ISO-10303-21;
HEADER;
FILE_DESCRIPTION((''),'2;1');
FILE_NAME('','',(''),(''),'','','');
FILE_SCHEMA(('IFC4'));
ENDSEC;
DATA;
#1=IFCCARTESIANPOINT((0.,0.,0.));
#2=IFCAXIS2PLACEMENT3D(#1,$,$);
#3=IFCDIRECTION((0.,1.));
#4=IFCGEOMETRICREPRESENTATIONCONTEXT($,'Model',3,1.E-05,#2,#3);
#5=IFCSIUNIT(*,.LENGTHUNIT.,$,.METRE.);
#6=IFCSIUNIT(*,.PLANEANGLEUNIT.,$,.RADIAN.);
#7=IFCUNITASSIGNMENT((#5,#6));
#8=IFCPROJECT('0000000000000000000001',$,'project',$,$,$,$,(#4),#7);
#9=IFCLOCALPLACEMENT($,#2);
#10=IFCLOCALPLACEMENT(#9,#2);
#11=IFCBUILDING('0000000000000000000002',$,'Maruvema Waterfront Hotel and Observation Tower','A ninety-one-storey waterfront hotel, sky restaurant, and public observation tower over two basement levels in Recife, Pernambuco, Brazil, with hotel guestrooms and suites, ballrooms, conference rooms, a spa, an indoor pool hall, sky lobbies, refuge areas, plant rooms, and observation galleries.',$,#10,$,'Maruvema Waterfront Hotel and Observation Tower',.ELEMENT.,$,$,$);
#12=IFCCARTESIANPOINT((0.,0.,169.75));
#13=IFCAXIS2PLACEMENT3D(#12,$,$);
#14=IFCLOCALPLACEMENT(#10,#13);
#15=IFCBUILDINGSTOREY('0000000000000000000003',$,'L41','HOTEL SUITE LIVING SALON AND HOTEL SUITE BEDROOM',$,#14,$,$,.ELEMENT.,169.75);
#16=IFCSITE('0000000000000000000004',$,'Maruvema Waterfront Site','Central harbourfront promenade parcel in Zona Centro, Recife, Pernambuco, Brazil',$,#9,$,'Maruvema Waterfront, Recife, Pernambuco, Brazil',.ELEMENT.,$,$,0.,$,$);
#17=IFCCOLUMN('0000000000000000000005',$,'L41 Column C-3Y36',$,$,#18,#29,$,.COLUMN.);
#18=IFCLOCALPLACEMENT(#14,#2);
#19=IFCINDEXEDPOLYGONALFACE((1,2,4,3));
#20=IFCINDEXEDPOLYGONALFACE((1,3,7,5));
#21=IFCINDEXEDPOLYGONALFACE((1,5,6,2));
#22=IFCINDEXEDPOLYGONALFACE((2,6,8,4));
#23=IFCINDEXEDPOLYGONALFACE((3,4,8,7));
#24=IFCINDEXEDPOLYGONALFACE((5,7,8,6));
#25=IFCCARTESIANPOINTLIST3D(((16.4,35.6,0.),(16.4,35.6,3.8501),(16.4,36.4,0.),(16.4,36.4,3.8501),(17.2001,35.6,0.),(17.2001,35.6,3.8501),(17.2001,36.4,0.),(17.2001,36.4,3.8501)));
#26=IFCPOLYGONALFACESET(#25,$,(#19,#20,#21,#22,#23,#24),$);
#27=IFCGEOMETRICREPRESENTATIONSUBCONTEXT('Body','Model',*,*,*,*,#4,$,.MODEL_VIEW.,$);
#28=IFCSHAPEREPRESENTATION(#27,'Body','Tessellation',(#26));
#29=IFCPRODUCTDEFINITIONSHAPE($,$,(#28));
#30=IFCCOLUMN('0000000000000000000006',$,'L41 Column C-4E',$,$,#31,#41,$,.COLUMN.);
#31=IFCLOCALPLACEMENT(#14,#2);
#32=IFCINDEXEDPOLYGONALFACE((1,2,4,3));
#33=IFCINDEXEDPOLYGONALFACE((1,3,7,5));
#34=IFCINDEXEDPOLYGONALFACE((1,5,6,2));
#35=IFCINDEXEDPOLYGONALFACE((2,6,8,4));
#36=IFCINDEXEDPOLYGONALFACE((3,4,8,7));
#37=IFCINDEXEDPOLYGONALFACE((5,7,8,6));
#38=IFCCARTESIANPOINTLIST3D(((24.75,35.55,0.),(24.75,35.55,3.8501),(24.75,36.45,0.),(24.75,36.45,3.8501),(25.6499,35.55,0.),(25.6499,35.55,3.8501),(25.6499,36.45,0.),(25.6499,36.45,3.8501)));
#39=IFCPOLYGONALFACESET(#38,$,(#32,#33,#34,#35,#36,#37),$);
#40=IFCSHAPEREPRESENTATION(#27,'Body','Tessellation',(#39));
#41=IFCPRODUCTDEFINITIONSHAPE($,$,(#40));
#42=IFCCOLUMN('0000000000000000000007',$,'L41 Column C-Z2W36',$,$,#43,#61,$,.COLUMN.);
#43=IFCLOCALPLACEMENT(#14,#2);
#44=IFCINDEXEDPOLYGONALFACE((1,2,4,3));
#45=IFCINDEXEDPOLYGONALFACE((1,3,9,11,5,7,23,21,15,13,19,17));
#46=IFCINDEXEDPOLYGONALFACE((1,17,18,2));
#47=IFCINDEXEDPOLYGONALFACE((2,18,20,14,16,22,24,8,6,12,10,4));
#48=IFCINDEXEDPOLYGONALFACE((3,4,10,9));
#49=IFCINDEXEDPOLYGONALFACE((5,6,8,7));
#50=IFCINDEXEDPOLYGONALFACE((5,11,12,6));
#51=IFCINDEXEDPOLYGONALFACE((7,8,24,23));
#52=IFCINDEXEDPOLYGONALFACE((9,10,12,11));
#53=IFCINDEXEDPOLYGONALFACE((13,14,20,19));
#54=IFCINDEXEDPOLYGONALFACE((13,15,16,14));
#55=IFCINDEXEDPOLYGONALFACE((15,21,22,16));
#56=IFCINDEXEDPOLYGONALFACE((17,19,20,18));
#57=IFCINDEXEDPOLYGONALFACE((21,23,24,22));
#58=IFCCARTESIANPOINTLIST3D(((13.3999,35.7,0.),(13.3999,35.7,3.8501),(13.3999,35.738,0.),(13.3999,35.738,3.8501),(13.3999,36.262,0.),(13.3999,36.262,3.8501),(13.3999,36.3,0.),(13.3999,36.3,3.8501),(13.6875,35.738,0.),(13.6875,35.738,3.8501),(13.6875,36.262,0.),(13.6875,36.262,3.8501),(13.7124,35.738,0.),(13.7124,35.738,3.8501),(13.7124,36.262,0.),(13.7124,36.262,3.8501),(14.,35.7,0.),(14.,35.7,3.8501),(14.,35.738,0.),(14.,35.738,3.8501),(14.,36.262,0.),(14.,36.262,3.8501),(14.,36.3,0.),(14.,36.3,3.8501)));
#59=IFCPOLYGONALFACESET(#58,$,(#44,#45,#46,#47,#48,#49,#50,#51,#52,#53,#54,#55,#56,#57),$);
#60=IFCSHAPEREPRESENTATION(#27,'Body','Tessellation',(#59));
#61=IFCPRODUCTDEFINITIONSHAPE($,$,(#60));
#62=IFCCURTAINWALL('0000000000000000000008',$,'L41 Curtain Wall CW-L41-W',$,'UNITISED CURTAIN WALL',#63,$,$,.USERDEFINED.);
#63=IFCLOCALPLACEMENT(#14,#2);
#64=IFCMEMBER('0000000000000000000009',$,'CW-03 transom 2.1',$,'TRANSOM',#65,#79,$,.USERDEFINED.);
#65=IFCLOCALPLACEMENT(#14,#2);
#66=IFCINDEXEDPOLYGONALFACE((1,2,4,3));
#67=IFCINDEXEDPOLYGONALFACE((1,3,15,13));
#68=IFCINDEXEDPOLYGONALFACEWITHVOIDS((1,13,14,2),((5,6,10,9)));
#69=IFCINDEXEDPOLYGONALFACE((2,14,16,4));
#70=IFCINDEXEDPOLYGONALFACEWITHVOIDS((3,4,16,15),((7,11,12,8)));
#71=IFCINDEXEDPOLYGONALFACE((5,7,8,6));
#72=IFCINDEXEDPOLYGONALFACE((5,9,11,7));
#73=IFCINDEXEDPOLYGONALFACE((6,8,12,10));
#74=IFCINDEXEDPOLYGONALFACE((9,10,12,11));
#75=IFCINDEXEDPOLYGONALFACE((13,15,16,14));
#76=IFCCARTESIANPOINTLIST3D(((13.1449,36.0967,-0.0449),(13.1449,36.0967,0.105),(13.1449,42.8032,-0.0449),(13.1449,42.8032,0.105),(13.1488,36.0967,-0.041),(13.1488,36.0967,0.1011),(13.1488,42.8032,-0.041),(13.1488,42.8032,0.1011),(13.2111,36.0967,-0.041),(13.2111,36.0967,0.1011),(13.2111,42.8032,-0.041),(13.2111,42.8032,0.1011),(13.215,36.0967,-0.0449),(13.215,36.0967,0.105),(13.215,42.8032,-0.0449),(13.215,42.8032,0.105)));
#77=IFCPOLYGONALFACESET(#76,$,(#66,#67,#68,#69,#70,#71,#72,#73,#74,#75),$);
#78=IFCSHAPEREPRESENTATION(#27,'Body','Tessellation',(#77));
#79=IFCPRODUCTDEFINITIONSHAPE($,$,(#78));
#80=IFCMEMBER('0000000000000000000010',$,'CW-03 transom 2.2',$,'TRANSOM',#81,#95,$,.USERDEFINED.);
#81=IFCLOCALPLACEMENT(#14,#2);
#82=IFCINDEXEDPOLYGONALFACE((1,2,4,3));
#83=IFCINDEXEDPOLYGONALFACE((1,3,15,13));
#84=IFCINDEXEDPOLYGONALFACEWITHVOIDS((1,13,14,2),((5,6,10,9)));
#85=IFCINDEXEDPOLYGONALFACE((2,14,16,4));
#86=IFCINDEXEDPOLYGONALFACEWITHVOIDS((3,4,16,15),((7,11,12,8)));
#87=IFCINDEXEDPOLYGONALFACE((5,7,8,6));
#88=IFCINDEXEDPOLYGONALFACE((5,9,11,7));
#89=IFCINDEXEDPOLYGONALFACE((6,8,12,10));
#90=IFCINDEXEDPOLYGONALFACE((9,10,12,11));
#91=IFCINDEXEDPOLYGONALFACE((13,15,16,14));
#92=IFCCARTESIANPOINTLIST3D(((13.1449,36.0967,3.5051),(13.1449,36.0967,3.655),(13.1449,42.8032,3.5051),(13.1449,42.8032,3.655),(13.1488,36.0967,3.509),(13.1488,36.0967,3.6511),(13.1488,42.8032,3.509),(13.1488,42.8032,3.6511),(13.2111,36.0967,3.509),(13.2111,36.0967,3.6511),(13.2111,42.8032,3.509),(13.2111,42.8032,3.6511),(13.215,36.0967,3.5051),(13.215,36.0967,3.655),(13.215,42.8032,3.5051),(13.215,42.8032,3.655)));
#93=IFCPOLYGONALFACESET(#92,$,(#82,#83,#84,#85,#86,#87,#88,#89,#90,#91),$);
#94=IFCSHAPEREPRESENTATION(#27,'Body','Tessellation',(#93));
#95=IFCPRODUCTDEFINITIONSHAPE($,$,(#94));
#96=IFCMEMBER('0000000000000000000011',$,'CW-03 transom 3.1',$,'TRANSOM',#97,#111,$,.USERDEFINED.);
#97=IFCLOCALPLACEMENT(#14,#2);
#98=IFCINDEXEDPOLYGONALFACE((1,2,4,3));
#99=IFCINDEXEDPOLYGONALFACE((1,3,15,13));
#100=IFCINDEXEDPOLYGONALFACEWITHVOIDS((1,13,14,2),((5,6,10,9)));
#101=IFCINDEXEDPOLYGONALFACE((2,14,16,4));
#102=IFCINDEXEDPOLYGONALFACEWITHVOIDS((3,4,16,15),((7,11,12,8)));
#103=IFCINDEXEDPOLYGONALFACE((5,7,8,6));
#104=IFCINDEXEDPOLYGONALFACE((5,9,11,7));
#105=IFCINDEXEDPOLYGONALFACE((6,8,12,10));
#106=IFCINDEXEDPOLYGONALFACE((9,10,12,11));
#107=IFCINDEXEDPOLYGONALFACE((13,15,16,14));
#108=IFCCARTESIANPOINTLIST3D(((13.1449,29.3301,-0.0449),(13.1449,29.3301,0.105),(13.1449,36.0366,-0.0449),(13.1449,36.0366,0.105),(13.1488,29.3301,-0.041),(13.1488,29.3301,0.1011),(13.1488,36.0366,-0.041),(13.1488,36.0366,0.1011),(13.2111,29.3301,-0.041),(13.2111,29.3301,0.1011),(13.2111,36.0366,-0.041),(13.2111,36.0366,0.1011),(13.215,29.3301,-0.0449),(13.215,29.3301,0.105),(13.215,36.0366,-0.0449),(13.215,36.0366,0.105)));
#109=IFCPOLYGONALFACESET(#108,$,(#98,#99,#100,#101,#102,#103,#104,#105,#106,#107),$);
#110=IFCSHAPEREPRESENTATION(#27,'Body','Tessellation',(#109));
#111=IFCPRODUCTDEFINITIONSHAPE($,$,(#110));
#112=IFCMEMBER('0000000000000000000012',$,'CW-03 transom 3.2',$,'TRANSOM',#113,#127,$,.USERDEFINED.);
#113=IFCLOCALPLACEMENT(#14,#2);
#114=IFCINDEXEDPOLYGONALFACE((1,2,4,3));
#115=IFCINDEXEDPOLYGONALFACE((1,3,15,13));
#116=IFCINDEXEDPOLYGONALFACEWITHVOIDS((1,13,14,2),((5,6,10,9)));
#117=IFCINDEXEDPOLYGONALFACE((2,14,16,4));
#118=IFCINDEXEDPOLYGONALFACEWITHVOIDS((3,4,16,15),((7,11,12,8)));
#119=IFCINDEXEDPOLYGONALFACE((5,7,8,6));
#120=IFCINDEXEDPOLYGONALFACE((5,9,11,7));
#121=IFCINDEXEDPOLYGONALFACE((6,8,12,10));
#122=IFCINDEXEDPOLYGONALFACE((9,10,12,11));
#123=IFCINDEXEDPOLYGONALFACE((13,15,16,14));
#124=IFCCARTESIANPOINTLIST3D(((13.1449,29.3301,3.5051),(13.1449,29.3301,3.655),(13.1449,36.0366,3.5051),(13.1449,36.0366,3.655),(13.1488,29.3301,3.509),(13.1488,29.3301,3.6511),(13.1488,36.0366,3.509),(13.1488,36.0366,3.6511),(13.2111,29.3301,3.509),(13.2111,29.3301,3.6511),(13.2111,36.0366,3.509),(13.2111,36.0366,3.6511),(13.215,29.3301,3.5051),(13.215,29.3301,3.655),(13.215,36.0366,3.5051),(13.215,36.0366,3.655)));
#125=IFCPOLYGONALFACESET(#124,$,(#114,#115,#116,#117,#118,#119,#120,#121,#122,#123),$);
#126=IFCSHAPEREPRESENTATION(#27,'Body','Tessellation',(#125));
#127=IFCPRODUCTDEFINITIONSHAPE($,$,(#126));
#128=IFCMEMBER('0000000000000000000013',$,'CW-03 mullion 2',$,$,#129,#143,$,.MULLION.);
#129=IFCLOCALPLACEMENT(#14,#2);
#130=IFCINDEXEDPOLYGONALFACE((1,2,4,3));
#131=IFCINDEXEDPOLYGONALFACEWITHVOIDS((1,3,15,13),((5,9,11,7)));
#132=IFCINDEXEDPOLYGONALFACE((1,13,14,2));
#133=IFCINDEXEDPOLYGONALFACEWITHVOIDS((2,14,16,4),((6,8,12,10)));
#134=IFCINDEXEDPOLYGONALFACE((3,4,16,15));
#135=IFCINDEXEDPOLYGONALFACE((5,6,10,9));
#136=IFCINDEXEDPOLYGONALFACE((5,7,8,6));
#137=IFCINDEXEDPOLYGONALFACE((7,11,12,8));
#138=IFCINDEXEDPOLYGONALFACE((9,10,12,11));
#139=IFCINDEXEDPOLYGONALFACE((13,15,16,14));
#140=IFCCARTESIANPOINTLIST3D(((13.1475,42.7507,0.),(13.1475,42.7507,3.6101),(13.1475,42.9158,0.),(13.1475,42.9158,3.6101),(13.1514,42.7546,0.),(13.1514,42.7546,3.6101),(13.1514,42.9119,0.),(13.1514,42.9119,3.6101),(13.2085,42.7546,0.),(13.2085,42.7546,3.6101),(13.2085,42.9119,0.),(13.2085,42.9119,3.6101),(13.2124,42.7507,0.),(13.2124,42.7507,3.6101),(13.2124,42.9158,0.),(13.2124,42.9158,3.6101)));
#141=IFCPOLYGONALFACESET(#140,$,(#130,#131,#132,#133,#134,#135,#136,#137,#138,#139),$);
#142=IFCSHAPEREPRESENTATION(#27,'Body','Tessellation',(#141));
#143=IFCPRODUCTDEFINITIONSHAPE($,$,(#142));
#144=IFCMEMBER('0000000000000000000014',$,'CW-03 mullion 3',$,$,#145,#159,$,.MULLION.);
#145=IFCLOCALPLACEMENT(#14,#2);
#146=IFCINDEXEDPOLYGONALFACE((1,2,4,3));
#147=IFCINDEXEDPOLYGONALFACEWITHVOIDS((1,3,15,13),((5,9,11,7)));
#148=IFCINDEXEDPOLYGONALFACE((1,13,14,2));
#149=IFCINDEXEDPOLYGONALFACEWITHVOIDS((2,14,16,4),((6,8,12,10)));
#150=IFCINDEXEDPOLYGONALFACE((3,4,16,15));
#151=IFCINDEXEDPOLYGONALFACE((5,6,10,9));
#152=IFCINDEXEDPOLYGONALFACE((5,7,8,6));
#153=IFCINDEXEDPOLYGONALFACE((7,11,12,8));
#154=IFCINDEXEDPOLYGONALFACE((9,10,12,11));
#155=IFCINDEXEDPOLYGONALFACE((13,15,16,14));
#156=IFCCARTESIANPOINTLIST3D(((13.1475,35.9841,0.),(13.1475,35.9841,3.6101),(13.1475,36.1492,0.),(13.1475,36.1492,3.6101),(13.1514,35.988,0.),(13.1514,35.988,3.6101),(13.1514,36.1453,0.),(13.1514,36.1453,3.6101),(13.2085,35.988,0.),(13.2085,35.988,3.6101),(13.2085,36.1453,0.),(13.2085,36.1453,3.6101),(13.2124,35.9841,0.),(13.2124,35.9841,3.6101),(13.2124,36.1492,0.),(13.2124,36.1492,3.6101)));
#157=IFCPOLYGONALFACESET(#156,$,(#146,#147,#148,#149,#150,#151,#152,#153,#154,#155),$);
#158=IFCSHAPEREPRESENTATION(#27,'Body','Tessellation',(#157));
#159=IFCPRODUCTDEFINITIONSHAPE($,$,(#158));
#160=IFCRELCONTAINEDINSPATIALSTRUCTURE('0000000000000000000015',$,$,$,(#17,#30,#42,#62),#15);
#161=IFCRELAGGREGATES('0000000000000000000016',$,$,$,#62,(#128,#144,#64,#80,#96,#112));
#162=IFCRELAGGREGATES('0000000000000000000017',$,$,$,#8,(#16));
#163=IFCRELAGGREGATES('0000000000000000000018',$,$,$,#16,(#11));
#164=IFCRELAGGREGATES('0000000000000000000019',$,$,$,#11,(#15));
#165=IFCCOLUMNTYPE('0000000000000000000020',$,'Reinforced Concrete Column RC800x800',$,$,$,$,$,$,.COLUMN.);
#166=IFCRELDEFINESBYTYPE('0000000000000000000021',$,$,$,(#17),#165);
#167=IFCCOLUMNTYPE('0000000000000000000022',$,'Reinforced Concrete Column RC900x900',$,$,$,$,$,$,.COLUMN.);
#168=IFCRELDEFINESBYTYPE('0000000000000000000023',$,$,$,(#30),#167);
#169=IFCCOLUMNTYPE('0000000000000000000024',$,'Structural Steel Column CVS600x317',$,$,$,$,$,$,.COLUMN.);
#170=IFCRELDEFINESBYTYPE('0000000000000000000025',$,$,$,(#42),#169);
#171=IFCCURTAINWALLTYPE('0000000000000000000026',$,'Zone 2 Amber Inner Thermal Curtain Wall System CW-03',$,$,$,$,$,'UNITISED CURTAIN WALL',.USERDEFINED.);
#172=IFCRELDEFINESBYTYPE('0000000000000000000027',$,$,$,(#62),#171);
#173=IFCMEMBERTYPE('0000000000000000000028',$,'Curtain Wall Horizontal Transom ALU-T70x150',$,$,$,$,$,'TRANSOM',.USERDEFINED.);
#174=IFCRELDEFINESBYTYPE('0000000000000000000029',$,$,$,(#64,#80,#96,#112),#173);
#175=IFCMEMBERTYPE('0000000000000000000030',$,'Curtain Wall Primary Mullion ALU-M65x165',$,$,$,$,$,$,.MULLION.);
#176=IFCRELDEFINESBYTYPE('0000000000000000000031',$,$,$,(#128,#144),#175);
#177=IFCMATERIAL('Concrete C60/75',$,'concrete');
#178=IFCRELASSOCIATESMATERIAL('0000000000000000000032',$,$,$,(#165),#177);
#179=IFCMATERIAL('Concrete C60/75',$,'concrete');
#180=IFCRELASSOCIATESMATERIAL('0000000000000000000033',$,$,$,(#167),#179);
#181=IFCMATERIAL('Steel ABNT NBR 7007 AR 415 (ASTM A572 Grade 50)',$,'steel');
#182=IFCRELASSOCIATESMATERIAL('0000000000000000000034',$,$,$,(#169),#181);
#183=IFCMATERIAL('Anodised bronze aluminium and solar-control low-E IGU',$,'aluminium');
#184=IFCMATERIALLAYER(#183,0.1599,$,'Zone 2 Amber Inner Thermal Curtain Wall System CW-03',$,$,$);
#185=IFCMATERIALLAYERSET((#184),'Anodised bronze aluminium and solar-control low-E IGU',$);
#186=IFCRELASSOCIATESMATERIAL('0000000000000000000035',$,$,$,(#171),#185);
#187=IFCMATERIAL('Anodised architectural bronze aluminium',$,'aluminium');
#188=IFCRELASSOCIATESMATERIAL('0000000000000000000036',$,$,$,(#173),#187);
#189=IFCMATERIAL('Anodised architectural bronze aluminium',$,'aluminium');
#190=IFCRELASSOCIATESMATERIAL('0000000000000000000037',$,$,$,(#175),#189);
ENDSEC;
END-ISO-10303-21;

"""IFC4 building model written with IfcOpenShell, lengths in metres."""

from ifc_helpers import new_model, si_unit, direction, frame, origin, origin_2d, place, context, subcontext, project, spatial, rectangle, hollow_rectangle, i_section, extrude, material, layer, layer_set, material_profile, profile_set, type_object, element, aggregate, save


model = new_model("IFC4")

# Units and contexts
model_context = context("Model", 3, precision=1e-05, world=origin(), true_north=direction((0.0, 1.0)))
body_context = subcontext(model_context, "Body", "Model", "MODEL_VIEW")
ifc_project = project(units=[si_unit("LENGTHUNIT", "METRE"), si_unit("PLANEANGLEUNIT", "RADIAN")], contexts=[model_context])

# Site, building, storey
site_placement = place(None, origin())
site = spatial("IfcSite", under=ifc_project, at=site_placement, Name="Maruvema Waterfront Site", Description="Central harbourfront promenade parcel in Zona Centro, Recife, Pernambuco, Brazil", LongName="Maruvema Waterfront, Recife, Pernambuco, Brazil", CompositionType="ELEMENT", RefElevation=0.0)
building_placement = place(site_placement, origin())
building = spatial("IfcBuilding", under=site, at=building_placement, Name="Maruvema Waterfront Hotel and Observation Tower", Description="A ninety-one-storey waterfront hotel, sky restaurant, and public observation tower over two basement levels in Recife, Pernambuco, Brazil, with hotel guestrooms and suites, ballrooms, conference rooms, a spa, an indoor pool hall, sky lobbies, refuge areas, plant rooms, and observation galleries.", LongName="Maruvema Waterfront Hotel and Observation Tower", CompositionType="ELEMENT")
storey_placement = place(building_placement, frame((0.0, 0.0, 169.75)))
storey = spatial("IfcBuildingStorey", under=building, at=storey_placement, Name="L41", Description="HOTEL SUITE LIVING SALON AND HOTEL SUITE BEDROOM", CompositionType="ELEMENT", Elevation=169.75)

# Columns
ifc_material_1 = material(Name="Concrete C60/75", Category="concrete")
ifc_material_profile_1 = material_profile(ifc_material_1, rectangle(XDim=0.8, YDim=0.8, at=origin_2d()), Name="RC800x800")
ifc_profile_set_1 = profile_set([ifc_material_profile_1], Name="Concrete C60/75")
column_type_1 = type_object("IfcColumnType", Name="Reinforced Concrete Column RC800x800", PredefinedType="COLUMN", material=ifc_profile_set_1)
column_1_placement = place(storey_placement, frame((16.8, 36.0, 0.0), z_axis=(0.0, 0.0, 1.0), x_axis=(1.0, 0.0, 0.0)))
element("IfcColumn", 1, at=column_1_placement, inside=storey, type_object=column_type_1, Name="L41 Column C-3Y36", PredefinedType="COLUMN", context=body_context, shape_type="SweptSolid", body=[
    extrude(rectangle(XDim=0.8, YDim=0.8, at=origin_2d()), origin(), (0.0, 0.0, 1.0), 3.8501),
])
ifc_material_2 = material(Name="Concrete C60/75", Category="concrete")
ifc_material_profile_2 = material_profile(ifc_material_2, rectangle(XDim=0.8999, YDim=0.8999, at=origin_2d()), Name="RC900x900")
ifc_profile_set_2 = profile_set([ifc_material_profile_2], Name="Concrete C60/75")
column_type_2 = type_object("IfcColumnType", Name="Reinforced Concrete Column RC900x900", PredefinedType="COLUMN", material=ifc_profile_set_2)
column_2_placement = place(storey_placement, frame((25.2, 36.0, 0.0), z_axis=(0.0, 0.0, 1.0), x_axis=(1.0, 0.0, 0.0)))
element("IfcColumn", 2, at=column_2_placement, inside=storey, type_object=column_type_2, Name="L41 Column C-4E", PredefinedType="COLUMN", context=body_context, shape_type="SweptSolid", body=[
    extrude(rectangle(XDim=0.8999, YDim=0.8999, at=origin_2d()), origin(), (0.0, 0.0, 1.0), 3.8501),
])
ifc_material_3 = material(Name="Steel ABNT NBR 7007 AR 415 (ASTM A572 Grade 50)", Category="steel")
ifc_material_profile_3 = material_profile(ifc_material_3, i_section(OverallWidth=0.6001, OverallDepth=0.6001, WebThickness=0.0249, FlangeThickness=0.0381, at=origin_2d()), Name="CVS600x317")
ifc_profile_set_3 = profile_set([ifc_material_profile_3], Name="Steel ABNT NBR 7007 AR 415 (ASTM A572 Grade 50)")
column_type_3 = type_object("IfcColumnType", Name="Structural Steel Column CVS600x317", PredefinedType="COLUMN", material=ifc_profile_set_3)
column_3_placement = place(storey_placement, frame((13.7, 36.0, 0.0), z_axis=(0.0, 0.0, 1.0), x_axis=(1.0, 0.0, 0.0)))
element("IfcColumn", 3, at=column_3_placement, inside=storey, type_object=column_type_3, Name="L41 Column C-Z2W36", PredefinedType="COLUMN", context=body_context, shape_type="SweptSolid", body=[
    extrude(i_section(OverallWidth=0.6001, OverallDepth=0.6001, WebThickness=0.0249, FlangeThickness=0.0381, at=origin_2d()), origin(), (0.0, 0.0, 1.0), 3.8501),
])

# Curtain wall, members
ifc_material_4 = material(Name="Anodised bronze aluminium and solar-control low-E IGU", Category="aluminium")
ifc_layer_1 = layer(ifc_material_4, 0.1599, Name="Zone 2 Amber Inner Thermal Curtain Wall System CW-03")
ifc_layer_set_1 = layer_set([ifc_layer_1], Name="Anodised bronze aluminium and solar-control low-E IGU")
curtain_wall_type = type_object("IfcCurtainWallType", Name="Zone 2 Amber Inner Thermal Curtain Wall System CW-03", ElementType="UNITISED CURTAIN WALL", PredefinedType="USERDEFINED", material=ifc_layer_set_1)
curtain_wall_placement = place(storey_placement, origin())
curtain_wall = element("IfcCurtainWall", 4, at=curtain_wall_placement, inside=storey, type_object=curtain_wall_type, Name="L41 Curtain Wall CW-L41-W", ObjectType="UNITISED CURTAIN WALL", PredefinedType="USERDEFINED")
ifc_material_5 = material(Name="Anodised architectural bronze aluminium", Category="aluminium")
ifc_material_profile_4 = material_profile(ifc_material_5, hollow_rectangle(XDim=0.0701, YDim=0.1499, WallThickness=0.0039, at=origin_2d()), Name="ALU-T70x150")
ifc_profile_set_4 = profile_set([ifc_material_profile_4], Name="Anodised architectural bronze aluminium")
member_type_1 = type_object("IfcMemberType", Name="Curtain Wall Horizontal Transom ALU-T70x150", ElementType="TRANSOM", PredefinedType="USERDEFINED", material=ifc_profile_set_4)
member_1_placement = place(storey_placement, frame((13.1799, 42.8032, 0.03), z_axis=(0.0, -1.0, 0.0), x_axis=(1.0, 0.0, 0.0)))
member_1 = element("IfcMember", 5, at=member_1_placement, type_object=member_type_1, Name="CW-03 transom 2.1", ObjectType="TRANSOM", PredefinedType="USERDEFINED", context=body_context, shape_type="SweptSolid", body=[
    extrude(hollow_rectangle(XDim=0.0701, YDim=0.1499, WallThickness=0.0039, at=origin_2d()), origin(), (0.0, 0.0, 1.0), 6.7065),
])
member_2_placement = place(storey_placement, frame((13.1799, 42.8032, 3.5801), z_axis=(0.0, -1.0, 0.0), x_axis=(1.0, 0.0, 0.0)))
member_2 = element("IfcMember", 6, at=member_2_placement, type_object=member_type_1, Name="CW-03 transom 2.2", ObjectType="TRANSOM", PredefinedType="USERDEFINED", context=body_context, shape_type="SweptSolid", body=[
    extrude(hollow_rectangle(XDim=0.0701, YDim=0.1499, WallThickness=0.0039, at=origin_2d()), origin(), (0.0, 0.0, 1.0), 6.7065),
])
member_3_placement = place(storey_placement, frame((13.1799, 36.0366, 0.03), z_axis=(0.0, -1.0, 0.0), x_axis=(1.0, 0.0, 0.0)))
member_3 = element("IfcMember", 7, at=member_3_placement, type_object=member_type_1, Name="CW-03 transom 3.1", ObjectType="TRANSOM", PredefinedType="USERDEFINED", context=body_context, shape_type="SweptSolid", body=[
    extrude(hollow_rectangle(XDim=0.0701, YDim=0.1499, WallThickness=0.0039, at=origin_2d()), origin(), (0.0, 0.0, 1.0), 6.7065),
])
member_4_placement = place(storey_placement, frame((13.1799, 36.0366, 3.5801), z_axis=(0.0, -1.0, 0.0), x_axis=(1.0, 0.0, 0.0)))
member_4 = element("IfcMember", 8, at=member_4_placement, type_object=member_type_1, Name="CW-03 transom 3.2", ObjectType="TRANSOM", PredefinedType="USERDEFINED", context=body_context, shape_type="SweptSolid", body=[
    extrude(hollow_rectangle(XDim=0.0701, YDim=0.1499, WallThickness=0.0039, at=origin_2d()), origin(), (0.0, 0.0, 1.0), 6.7065),
])
ifc_material_6 = material(Name="Anodised architectural bronze aluminium", Category="aluminium")
ifc_material_profile_5 = material_profile(ifc_material_6, hollow_rectangle(XDim=0.0649, YDim=0.165, WallThickness=0.0039, at=origin_2d()), Name="ALU-M65x165")
ifc_profile_set_5 = profile_set([ifc_material_profile_5], Name="Anodised architectural bronze aluminium")
member_type_2 = type_object("IfcMemberType", Name="Curtain Wall Primary Mullion ALU-M65x165", PredefinedType="MULLION", material=ifc_profile_set_5)
member_5_placement = place(storey_placement, frame((13.1799, 42.8333, 0.0), z_axis=(0.0, 0.0, 1.0), x_axis=(1.0, 0.0, 0.0)))
member_5 = element("IfcMember", 9, at=member_5_placement, type_object=member_type_2, Name="CW-03 mullion 2", PredefinedType="MULLION", context=body_context, shape_type="SweptSolid", body=[
    extrude(hollow_rectangle(XDim=0.0649, YDim=0.165, WallThickness=0.0039, at=origin_2d()), origin(), (0.0, 0.0, 1.0), 3.6101),
])
member_6_placement = place(storey_placement, frame((13.1799, 36.0667, 0.0), z_axis=(0.0, 0.0, 1.0), x_axis=(1.0, 0.0, 0.0)))
member_6 = element("IfcMember", 10, at=member_6_placement, type_object=member_type_2, Name="CW-03 mullion 3", PredefinedType="MULLION", context=body_context, shape_type="SweptSolid", body=[
    extrude(hollow_rectangle(XDim=0.0649, YDim=0.165, WallThickness=0.0039, at=origin_2d()), origin(), (0.0, 0.0, 1.0), 3.6101),
])

aggregate(curtain_wall, [member_5, member_6, member_1, member_2, member_3, member_4])

save(model, "model.ifc")
